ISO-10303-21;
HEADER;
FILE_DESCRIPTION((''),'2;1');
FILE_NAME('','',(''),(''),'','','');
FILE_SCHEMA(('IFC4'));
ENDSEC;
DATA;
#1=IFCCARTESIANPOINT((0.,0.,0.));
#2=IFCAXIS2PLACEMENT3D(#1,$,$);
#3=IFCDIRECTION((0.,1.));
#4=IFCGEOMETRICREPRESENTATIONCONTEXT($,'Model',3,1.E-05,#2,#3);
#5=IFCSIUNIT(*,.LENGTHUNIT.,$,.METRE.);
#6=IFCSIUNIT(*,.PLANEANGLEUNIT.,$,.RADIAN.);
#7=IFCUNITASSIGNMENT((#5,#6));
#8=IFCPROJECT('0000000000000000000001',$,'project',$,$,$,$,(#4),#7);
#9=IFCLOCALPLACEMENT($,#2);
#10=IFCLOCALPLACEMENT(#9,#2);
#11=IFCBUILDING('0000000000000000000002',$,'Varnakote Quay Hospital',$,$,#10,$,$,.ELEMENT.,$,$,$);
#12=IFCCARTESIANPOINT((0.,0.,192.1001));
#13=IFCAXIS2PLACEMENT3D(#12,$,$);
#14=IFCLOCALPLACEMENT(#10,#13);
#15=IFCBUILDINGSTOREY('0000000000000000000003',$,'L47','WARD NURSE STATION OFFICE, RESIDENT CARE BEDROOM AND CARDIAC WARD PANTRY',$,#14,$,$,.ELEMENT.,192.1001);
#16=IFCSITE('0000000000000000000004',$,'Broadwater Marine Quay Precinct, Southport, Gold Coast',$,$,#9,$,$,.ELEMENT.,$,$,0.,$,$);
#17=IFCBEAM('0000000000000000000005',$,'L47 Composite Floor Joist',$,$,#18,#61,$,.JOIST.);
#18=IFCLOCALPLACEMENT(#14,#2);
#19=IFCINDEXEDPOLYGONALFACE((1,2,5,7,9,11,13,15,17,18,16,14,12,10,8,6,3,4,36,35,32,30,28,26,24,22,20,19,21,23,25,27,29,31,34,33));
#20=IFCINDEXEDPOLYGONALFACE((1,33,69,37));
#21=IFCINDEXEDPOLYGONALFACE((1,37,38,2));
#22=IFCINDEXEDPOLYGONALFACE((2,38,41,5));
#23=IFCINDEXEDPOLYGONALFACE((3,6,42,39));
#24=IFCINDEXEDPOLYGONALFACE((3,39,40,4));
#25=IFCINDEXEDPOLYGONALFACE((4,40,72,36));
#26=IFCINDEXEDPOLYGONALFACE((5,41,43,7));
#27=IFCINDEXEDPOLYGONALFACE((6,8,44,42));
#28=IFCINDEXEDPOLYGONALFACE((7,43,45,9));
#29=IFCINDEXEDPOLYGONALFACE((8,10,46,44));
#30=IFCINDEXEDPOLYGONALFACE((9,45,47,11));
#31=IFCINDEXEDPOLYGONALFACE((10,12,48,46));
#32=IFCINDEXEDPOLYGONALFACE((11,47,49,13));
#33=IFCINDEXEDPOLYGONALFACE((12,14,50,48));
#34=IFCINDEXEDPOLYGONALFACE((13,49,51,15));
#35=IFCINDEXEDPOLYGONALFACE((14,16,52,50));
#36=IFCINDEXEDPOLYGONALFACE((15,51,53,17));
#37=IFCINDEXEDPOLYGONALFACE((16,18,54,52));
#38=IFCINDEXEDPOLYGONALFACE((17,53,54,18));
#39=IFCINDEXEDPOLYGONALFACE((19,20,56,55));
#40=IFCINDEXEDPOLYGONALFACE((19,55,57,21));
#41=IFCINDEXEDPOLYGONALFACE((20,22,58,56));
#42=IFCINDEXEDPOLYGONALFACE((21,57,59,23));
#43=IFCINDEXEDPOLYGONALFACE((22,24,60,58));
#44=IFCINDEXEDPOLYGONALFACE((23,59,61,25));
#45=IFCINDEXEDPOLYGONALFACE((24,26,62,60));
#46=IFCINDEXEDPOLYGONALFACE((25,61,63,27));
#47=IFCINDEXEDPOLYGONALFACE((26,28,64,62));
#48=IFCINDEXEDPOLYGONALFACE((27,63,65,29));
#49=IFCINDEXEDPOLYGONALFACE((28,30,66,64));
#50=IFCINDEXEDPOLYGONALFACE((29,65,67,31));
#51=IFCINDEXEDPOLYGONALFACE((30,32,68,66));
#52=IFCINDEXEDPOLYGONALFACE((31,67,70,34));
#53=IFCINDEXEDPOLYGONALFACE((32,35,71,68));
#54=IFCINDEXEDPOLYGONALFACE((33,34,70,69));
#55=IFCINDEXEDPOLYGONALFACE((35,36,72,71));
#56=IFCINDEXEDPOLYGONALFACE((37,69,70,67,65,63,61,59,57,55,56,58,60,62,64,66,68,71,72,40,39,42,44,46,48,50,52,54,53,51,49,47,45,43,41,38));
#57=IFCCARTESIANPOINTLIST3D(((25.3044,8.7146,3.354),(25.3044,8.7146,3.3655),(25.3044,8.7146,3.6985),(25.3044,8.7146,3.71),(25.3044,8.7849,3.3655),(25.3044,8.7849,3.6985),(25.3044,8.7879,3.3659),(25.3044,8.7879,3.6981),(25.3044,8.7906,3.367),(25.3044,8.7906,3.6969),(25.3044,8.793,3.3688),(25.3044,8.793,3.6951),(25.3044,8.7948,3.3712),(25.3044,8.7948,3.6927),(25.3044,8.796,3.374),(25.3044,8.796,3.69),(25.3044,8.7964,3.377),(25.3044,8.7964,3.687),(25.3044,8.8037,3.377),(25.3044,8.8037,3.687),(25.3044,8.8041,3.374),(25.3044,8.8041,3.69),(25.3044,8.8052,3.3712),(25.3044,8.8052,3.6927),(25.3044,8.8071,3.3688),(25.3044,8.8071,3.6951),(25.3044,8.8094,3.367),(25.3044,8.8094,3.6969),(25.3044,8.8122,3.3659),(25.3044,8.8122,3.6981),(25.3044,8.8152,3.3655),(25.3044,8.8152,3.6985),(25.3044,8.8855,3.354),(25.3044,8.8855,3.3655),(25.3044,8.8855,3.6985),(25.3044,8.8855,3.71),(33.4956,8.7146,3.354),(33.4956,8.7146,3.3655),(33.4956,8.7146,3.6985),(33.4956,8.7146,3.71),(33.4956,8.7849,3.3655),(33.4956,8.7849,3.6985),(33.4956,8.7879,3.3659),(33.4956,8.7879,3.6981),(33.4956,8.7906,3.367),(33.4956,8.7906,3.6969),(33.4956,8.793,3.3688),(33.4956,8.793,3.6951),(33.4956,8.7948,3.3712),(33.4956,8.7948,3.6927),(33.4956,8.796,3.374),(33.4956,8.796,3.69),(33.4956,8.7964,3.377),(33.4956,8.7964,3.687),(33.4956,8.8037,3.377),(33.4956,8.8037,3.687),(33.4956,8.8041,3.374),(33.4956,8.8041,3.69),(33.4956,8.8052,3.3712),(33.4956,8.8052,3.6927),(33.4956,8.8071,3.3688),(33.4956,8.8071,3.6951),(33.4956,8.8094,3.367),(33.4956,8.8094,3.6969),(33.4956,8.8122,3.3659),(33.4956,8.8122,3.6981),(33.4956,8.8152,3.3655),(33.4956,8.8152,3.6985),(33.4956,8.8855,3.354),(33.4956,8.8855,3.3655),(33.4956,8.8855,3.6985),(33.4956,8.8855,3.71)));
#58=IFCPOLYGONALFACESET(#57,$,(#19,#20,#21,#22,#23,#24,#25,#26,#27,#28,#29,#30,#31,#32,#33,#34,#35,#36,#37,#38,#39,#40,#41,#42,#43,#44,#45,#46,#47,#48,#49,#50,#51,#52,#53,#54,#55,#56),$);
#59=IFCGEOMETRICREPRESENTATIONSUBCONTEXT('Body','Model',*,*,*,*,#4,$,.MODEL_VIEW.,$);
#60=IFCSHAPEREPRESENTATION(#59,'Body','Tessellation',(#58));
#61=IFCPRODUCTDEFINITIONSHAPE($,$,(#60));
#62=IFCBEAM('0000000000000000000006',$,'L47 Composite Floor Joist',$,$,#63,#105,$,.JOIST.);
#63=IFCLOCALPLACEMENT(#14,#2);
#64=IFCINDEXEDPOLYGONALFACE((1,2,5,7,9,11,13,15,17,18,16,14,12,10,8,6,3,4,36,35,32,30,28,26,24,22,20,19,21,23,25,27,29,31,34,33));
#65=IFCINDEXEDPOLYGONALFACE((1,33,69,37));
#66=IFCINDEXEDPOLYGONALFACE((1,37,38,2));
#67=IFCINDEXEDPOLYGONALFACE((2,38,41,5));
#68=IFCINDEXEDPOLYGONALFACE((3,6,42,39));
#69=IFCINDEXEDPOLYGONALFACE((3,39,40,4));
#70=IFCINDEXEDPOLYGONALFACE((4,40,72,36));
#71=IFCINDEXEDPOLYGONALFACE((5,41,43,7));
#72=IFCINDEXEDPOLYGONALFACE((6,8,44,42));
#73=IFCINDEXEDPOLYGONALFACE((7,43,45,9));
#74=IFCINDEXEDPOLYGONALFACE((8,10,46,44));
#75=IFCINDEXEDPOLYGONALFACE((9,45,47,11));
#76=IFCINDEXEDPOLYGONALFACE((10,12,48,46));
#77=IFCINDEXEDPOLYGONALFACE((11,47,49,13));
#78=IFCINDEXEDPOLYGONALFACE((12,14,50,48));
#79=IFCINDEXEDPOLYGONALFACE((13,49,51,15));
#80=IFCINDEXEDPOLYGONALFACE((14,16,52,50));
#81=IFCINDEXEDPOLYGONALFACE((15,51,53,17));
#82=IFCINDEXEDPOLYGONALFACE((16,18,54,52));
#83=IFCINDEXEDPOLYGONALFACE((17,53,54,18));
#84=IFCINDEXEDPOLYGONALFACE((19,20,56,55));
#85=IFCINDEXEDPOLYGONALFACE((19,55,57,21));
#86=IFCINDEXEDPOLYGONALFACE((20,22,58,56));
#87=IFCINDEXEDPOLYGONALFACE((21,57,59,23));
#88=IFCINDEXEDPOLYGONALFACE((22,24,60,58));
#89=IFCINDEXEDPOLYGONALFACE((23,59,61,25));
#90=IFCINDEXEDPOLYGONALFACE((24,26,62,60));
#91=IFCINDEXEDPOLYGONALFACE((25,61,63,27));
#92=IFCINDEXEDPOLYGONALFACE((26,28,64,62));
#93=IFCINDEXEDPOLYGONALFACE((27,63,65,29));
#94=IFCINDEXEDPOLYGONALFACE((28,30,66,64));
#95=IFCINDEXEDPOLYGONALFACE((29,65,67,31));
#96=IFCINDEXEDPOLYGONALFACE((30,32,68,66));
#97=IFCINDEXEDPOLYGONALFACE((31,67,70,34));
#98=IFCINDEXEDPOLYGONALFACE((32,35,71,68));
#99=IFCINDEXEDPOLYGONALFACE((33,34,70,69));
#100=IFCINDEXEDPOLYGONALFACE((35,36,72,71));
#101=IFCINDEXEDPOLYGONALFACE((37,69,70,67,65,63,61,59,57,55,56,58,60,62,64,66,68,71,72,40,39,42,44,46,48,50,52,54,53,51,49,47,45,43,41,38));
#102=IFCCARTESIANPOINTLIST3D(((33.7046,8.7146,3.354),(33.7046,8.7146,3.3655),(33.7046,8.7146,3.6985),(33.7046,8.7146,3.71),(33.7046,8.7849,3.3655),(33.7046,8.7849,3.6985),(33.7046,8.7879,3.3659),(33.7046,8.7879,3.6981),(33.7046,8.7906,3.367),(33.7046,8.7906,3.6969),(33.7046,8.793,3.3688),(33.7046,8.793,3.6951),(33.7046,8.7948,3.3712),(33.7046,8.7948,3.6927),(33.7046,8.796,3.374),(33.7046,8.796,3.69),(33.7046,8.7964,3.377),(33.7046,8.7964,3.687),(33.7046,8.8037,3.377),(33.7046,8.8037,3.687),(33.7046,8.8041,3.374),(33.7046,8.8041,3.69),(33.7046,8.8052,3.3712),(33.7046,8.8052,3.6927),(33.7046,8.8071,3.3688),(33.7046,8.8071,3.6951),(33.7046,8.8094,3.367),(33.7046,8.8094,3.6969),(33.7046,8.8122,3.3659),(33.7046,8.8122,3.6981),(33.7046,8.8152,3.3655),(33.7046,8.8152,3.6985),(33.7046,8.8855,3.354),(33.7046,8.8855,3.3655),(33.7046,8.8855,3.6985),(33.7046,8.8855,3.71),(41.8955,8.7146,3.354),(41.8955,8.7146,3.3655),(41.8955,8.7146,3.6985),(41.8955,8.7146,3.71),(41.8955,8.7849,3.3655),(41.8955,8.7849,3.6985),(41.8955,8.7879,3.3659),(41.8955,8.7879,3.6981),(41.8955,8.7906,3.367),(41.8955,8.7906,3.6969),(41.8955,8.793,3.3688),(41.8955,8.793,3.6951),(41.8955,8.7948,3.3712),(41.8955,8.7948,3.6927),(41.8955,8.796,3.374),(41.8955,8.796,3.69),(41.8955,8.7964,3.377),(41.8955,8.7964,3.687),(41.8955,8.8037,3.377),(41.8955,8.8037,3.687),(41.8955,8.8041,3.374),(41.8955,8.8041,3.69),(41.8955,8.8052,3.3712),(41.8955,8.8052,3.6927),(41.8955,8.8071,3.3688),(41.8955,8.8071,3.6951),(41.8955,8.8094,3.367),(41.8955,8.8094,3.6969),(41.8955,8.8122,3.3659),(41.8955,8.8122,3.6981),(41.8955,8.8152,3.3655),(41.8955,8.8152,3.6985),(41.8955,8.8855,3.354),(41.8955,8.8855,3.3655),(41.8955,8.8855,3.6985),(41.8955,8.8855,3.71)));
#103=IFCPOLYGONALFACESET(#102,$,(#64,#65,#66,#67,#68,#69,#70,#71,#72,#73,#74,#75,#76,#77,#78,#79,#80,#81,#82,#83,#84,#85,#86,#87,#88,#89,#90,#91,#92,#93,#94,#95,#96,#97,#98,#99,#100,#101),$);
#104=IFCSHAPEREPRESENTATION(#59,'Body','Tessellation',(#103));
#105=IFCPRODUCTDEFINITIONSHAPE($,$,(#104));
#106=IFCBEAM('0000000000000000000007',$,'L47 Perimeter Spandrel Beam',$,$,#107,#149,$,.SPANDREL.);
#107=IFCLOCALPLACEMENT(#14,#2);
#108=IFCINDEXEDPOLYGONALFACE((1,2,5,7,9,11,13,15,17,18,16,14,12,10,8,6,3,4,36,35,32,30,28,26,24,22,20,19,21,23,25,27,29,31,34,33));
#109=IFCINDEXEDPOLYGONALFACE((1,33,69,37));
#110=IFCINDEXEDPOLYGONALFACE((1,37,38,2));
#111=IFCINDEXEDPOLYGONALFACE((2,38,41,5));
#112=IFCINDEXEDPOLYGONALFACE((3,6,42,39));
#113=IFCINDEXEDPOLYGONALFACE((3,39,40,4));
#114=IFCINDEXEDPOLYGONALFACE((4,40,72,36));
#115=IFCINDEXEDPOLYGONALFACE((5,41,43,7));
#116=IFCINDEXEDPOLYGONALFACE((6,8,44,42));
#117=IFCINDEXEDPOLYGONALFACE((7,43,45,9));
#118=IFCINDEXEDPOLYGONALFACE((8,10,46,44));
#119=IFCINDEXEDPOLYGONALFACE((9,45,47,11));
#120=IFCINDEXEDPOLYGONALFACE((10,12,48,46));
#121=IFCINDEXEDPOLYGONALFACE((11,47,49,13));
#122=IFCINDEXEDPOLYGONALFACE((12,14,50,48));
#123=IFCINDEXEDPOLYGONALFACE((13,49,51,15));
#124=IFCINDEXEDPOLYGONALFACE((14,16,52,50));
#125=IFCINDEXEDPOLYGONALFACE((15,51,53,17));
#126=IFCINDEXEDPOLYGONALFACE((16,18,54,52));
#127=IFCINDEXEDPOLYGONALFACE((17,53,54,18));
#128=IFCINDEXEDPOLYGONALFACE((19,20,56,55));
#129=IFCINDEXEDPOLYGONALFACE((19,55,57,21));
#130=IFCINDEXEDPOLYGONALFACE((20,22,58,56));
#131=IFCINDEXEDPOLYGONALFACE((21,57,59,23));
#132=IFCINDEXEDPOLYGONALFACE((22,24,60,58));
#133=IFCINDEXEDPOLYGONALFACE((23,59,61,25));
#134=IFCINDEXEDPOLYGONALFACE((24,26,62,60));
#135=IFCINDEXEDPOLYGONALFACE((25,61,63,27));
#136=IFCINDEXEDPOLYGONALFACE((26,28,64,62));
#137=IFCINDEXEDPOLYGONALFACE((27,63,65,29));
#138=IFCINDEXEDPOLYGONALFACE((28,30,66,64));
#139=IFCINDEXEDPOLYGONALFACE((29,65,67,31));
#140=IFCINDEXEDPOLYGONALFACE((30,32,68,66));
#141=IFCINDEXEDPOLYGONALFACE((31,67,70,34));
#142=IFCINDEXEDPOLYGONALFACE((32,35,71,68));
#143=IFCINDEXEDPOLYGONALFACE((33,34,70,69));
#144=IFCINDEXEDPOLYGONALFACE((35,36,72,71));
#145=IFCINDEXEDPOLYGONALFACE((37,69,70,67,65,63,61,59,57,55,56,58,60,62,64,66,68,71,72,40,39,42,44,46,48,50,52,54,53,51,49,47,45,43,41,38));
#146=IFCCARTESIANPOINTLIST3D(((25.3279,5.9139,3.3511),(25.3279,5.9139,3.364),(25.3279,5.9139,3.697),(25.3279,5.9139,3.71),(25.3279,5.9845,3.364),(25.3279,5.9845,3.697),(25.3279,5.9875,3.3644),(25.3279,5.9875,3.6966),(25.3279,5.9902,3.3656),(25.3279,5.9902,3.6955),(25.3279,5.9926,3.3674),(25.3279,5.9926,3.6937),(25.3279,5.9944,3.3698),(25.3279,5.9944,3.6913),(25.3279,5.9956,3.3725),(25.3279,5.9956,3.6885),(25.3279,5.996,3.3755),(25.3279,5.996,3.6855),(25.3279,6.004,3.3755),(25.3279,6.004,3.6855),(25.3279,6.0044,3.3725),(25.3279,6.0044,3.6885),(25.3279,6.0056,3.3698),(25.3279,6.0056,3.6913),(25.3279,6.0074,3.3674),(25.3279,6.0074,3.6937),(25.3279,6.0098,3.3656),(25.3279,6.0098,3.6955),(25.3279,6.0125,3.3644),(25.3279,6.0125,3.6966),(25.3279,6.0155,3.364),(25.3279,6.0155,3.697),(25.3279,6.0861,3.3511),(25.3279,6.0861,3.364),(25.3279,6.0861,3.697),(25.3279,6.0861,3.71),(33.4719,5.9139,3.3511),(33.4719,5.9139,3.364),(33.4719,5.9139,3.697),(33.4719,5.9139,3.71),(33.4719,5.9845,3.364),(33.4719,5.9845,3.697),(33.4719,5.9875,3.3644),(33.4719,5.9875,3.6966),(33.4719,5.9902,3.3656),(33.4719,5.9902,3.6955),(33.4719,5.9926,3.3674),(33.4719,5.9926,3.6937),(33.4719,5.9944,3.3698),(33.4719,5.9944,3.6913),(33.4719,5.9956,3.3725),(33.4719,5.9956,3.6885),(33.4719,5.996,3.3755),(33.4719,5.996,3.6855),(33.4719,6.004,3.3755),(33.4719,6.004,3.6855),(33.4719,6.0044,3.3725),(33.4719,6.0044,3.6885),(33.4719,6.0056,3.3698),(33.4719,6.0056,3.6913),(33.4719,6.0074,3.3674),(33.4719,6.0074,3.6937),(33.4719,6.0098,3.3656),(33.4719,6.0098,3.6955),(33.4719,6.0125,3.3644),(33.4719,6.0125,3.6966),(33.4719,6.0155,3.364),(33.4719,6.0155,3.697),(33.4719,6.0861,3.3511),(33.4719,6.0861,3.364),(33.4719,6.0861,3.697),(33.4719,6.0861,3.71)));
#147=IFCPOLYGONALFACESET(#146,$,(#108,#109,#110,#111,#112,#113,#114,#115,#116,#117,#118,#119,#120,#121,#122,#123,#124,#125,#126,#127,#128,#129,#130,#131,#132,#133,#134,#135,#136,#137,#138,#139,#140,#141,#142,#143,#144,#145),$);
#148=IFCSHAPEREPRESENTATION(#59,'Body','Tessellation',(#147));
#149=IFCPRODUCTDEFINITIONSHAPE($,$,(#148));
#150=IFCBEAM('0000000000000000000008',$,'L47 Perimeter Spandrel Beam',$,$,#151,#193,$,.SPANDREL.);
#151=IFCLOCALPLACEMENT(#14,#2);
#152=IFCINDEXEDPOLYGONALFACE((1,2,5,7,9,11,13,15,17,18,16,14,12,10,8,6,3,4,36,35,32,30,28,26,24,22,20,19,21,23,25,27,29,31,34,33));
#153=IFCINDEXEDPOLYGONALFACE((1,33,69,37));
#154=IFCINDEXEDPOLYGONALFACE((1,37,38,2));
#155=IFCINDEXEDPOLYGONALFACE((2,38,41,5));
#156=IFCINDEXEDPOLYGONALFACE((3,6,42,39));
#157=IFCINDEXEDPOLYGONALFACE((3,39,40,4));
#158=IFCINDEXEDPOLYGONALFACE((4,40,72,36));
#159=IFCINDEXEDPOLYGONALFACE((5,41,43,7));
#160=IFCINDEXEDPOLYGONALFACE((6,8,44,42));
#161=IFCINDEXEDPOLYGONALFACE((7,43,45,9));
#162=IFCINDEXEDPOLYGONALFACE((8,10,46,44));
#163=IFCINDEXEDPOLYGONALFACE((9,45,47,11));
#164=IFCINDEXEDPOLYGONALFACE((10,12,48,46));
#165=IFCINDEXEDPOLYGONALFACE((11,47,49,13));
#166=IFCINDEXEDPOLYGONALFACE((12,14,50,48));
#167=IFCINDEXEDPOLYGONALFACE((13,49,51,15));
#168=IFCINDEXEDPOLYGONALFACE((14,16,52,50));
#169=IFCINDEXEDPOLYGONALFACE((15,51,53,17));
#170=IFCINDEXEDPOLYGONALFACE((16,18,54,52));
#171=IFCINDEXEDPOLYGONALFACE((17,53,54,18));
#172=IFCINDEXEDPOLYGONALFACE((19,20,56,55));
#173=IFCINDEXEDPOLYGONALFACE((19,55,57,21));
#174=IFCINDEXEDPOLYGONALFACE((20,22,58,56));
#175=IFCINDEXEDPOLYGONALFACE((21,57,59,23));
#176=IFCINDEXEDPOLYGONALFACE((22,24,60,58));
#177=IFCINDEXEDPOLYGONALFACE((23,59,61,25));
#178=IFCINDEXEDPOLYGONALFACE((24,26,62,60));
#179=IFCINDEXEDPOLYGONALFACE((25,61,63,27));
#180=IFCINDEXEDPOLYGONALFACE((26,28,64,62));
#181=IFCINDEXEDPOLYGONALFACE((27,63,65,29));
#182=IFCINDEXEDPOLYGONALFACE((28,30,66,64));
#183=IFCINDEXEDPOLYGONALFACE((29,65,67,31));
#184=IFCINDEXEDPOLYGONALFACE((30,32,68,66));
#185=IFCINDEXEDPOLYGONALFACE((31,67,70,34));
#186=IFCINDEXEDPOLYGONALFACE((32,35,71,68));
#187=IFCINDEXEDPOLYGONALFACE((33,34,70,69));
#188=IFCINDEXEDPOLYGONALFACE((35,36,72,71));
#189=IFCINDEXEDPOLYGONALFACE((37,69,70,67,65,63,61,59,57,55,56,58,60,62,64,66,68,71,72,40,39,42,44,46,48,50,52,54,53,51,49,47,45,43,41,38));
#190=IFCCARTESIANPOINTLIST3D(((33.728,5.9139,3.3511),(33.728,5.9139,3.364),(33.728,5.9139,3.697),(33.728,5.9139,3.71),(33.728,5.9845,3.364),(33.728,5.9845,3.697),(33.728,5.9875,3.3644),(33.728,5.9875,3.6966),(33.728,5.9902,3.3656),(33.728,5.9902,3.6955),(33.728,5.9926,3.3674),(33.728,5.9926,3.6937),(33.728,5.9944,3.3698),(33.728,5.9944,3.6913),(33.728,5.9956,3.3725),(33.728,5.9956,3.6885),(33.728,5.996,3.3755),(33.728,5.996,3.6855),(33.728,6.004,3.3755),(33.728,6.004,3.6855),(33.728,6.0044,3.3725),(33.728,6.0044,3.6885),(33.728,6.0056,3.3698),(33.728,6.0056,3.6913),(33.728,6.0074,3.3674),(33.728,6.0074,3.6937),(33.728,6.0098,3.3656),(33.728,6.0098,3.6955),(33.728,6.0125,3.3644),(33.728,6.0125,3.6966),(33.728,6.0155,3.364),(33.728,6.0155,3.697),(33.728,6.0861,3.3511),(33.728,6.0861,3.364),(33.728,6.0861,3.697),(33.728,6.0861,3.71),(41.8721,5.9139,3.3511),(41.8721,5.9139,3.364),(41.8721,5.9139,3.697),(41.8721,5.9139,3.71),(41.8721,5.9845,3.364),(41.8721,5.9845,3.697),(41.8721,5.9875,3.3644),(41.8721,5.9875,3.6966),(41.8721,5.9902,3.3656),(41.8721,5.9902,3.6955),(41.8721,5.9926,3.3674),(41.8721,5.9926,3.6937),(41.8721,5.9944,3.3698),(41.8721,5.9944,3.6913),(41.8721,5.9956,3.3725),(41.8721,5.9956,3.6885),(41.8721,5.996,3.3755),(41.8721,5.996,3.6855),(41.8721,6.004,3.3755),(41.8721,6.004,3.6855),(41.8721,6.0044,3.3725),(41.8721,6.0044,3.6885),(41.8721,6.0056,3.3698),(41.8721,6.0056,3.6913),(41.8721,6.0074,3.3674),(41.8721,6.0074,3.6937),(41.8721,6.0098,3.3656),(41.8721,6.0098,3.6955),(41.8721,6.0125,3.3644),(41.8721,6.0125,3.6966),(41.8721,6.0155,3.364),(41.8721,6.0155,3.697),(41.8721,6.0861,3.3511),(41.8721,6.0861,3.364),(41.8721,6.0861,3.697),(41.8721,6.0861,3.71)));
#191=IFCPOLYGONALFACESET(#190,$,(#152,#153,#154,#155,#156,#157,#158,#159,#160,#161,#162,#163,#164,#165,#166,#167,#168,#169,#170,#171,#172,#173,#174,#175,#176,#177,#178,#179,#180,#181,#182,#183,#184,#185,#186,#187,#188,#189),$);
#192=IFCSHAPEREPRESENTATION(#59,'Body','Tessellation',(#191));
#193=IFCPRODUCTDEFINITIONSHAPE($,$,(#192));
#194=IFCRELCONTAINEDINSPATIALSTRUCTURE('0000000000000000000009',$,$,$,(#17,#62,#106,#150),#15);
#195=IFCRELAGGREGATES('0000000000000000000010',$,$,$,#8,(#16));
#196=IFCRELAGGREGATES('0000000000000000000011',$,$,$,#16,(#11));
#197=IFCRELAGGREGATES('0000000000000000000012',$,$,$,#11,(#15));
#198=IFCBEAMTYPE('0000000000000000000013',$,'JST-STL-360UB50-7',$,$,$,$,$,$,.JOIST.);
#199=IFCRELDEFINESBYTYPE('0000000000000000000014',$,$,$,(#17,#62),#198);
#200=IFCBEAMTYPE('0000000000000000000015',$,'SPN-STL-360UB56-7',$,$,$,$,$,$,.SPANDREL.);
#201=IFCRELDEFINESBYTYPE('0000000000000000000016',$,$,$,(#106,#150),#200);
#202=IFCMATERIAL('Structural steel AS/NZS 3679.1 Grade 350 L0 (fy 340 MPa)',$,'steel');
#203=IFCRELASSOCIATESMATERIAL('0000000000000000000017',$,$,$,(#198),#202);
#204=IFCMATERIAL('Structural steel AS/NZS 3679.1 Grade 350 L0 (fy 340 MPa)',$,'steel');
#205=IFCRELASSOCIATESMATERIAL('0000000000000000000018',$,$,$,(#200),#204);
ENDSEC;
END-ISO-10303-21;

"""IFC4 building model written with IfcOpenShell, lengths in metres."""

from ifc_helpers import new_model, si_unit, direction, frame, origin, origin_2d, place, context, subcontext, project, spatial, i_section, extrude, material, material_profile, profile_set, type_object, element, save


model = new_model("IFC4")

# Units and contexts
model_context = context("Model", 3, precision=1e-05, world=origin(), true_north=direction((0.0, 1.0)))
body_context = subcontext(model_context, "Body", "Model", "MODEL_VIEW")
ifc_project = project(units=[si_unit("LENGTHUNIT", "METRE"), si_unit("PLANEANGLEUNIT", "RADIAN")], contexts=[model_context])

# Site, building, storey
site_placement = place(None, origin())
site = spatial("IfcSite", under=ifc_project, at=site_placement, Name="Broadwater Marine Quay Precinct, Southport, Gold Coast", CompositionType="ELEMENT", RefElevation=0.0)
building_placement = place(site_placement, origin())
building = spatial("IfcBuilding", under=site, at=building_placement, Name="Varnakote Quay Hospital", CompositionType="ELEMENT")
storey_placement = place(building_placement, frame((0.0, 0.0, 192.1001)))
storey = spatial("IfcBuildingStorey", under=building, at=storey_placement, Name="L47", Description="WARD NURSE STATION OFFICE, RESIDENT CARE BEDROOM AND CARDIAC WARD PANTRY", CompositionType="ELEMENT", Elevation=192.1001)

# Beams
ifc_material_1 = material(Name="Structural steel AS/NZS 3679.1 Grade 350 L0 (fy 340 MPa)", Category="steel")
ifc_material_profile_1 = material_profile(ifc_material_1, i_section(OverallWidth=0.1709, OverallDepth=0.356, WebThickness=0.0073, FlangeThickness=0.0115, FilletRadius=0.0115, at=origin_2d()), Name="360UB50.7")
ifc_profile_set_1 = profile_set([ifc_material_profile_1], Name="Structural steel AS/NZS 3679.1 Grade 350 L0 (fy 340 MPa)")
beam_type_1 = type_object("IfcBeamType", Name="JST-STL-360UB50-7", PredefinedType="JOIST", material=ifc_profile_set_1)
beam_1_placement = place(storey_placement, frame((25.3044, 8.8, 3.532), z_axis=(1.0, 0.0, 0.0), x_axis=(0.0, 1.0, 0.0)))
element("IfcBeam", 1, at=beam_1_placement, inside=storey, type_object=beam_type_1, Name="L47 Composite Floor Joist", PredefinedType="JOIST", context=body_context, shape_type="SweptSolid", body=[
    extrude(i_section(OverallWidth=0.1709, OverallDepth=0.356, WebThickness=0.0073, FlangeThickness=0.0115, FilletRadius=0.0115, at=origin_2d()), origin(), (0.0, 0.0, 1.0), 8.1912),
])
beam_2_placement = place(storey_placement, frame((33.7046, 8.8, 3.532), z_axis=(1.0, 0.0, 0.0), x_axis=(0.0, 1.0, 0.0)))
element("IfcBeam", 2, at=beam_2_placement, inside=storey, type_object=beam_type_1, Name="L47 Composite Floor Joist", PredefinedType="JOIST", context=body_context, shape_type="SweptSolid", body=[
    extrude(i_section(OverallWidth=0.1709, OverallDepth=0.356, WebThickness=0.0073, FlangeThickness=0.0115, FilletRadius=0.0115, at=origin_2d()), origin(), (0.0, 0.0, 1.0), 8.1909),
])
ifc_material_2 = material(Name="Structural steel AS/NZS 3679.1 Grade 350 L0 (fy 340 MPa)", Category="steel")
ifc_material_profile_2 = material_profile(ifc_material_2, i_section(OverallWidth=0.1721, OverallDepth=0.3589, WebThickness=0.0081, FlangeThickness=0.0129, FilletRadius=0.0115, at=origin_2d()), Name="360UB56.7")
ifc_profile_set_2 = profile_set([ifc_material_profile_2], Name="Structural steel AS/NZS 3679.1 Grade 350 L0 (fy 340 MPa)")
beam_type_2 = type_object("IfcBeamType", Name="SPN-STL-360UB56-7", PredefinedType="SPANDREL", material=ifc_profile_set_2)
for number, where, z_axis, x_axis, name in (
    (3, (25.3279, 6.0, 3.5305), (1.0, 0.0, 0.0), (0.0, 1.0, 0.0), "L47 Perimeter Spandrel Beam"),
    (4, (33.728, 6.0, 3.5305), (1.0, 0.0, 0.0), (0.0, 1.0, 0.0), "L47 Perimeter Spandrel Beam"),
):
    element("IfcBeam", number, at=place(storey_placement, frame(where, z_axis=z_axis, x_axis=x_axis)), inside=storey, type_object=beam_type_2, Name=name, PredefinedType="SPANDREL", context=body_context, shape_type="SweptSolid", body=[
        extrude(i_section(OverallWidth=0.1721, OverallDepth=0.3589, WebThickness=0.0081, FlangeThickness=0.0129, FilletRadius=0.0115, at=origin_2d()), origin(), (0.0, 0.0, 1.0), 8.144),
    ])

save(model, "model.ifc")
